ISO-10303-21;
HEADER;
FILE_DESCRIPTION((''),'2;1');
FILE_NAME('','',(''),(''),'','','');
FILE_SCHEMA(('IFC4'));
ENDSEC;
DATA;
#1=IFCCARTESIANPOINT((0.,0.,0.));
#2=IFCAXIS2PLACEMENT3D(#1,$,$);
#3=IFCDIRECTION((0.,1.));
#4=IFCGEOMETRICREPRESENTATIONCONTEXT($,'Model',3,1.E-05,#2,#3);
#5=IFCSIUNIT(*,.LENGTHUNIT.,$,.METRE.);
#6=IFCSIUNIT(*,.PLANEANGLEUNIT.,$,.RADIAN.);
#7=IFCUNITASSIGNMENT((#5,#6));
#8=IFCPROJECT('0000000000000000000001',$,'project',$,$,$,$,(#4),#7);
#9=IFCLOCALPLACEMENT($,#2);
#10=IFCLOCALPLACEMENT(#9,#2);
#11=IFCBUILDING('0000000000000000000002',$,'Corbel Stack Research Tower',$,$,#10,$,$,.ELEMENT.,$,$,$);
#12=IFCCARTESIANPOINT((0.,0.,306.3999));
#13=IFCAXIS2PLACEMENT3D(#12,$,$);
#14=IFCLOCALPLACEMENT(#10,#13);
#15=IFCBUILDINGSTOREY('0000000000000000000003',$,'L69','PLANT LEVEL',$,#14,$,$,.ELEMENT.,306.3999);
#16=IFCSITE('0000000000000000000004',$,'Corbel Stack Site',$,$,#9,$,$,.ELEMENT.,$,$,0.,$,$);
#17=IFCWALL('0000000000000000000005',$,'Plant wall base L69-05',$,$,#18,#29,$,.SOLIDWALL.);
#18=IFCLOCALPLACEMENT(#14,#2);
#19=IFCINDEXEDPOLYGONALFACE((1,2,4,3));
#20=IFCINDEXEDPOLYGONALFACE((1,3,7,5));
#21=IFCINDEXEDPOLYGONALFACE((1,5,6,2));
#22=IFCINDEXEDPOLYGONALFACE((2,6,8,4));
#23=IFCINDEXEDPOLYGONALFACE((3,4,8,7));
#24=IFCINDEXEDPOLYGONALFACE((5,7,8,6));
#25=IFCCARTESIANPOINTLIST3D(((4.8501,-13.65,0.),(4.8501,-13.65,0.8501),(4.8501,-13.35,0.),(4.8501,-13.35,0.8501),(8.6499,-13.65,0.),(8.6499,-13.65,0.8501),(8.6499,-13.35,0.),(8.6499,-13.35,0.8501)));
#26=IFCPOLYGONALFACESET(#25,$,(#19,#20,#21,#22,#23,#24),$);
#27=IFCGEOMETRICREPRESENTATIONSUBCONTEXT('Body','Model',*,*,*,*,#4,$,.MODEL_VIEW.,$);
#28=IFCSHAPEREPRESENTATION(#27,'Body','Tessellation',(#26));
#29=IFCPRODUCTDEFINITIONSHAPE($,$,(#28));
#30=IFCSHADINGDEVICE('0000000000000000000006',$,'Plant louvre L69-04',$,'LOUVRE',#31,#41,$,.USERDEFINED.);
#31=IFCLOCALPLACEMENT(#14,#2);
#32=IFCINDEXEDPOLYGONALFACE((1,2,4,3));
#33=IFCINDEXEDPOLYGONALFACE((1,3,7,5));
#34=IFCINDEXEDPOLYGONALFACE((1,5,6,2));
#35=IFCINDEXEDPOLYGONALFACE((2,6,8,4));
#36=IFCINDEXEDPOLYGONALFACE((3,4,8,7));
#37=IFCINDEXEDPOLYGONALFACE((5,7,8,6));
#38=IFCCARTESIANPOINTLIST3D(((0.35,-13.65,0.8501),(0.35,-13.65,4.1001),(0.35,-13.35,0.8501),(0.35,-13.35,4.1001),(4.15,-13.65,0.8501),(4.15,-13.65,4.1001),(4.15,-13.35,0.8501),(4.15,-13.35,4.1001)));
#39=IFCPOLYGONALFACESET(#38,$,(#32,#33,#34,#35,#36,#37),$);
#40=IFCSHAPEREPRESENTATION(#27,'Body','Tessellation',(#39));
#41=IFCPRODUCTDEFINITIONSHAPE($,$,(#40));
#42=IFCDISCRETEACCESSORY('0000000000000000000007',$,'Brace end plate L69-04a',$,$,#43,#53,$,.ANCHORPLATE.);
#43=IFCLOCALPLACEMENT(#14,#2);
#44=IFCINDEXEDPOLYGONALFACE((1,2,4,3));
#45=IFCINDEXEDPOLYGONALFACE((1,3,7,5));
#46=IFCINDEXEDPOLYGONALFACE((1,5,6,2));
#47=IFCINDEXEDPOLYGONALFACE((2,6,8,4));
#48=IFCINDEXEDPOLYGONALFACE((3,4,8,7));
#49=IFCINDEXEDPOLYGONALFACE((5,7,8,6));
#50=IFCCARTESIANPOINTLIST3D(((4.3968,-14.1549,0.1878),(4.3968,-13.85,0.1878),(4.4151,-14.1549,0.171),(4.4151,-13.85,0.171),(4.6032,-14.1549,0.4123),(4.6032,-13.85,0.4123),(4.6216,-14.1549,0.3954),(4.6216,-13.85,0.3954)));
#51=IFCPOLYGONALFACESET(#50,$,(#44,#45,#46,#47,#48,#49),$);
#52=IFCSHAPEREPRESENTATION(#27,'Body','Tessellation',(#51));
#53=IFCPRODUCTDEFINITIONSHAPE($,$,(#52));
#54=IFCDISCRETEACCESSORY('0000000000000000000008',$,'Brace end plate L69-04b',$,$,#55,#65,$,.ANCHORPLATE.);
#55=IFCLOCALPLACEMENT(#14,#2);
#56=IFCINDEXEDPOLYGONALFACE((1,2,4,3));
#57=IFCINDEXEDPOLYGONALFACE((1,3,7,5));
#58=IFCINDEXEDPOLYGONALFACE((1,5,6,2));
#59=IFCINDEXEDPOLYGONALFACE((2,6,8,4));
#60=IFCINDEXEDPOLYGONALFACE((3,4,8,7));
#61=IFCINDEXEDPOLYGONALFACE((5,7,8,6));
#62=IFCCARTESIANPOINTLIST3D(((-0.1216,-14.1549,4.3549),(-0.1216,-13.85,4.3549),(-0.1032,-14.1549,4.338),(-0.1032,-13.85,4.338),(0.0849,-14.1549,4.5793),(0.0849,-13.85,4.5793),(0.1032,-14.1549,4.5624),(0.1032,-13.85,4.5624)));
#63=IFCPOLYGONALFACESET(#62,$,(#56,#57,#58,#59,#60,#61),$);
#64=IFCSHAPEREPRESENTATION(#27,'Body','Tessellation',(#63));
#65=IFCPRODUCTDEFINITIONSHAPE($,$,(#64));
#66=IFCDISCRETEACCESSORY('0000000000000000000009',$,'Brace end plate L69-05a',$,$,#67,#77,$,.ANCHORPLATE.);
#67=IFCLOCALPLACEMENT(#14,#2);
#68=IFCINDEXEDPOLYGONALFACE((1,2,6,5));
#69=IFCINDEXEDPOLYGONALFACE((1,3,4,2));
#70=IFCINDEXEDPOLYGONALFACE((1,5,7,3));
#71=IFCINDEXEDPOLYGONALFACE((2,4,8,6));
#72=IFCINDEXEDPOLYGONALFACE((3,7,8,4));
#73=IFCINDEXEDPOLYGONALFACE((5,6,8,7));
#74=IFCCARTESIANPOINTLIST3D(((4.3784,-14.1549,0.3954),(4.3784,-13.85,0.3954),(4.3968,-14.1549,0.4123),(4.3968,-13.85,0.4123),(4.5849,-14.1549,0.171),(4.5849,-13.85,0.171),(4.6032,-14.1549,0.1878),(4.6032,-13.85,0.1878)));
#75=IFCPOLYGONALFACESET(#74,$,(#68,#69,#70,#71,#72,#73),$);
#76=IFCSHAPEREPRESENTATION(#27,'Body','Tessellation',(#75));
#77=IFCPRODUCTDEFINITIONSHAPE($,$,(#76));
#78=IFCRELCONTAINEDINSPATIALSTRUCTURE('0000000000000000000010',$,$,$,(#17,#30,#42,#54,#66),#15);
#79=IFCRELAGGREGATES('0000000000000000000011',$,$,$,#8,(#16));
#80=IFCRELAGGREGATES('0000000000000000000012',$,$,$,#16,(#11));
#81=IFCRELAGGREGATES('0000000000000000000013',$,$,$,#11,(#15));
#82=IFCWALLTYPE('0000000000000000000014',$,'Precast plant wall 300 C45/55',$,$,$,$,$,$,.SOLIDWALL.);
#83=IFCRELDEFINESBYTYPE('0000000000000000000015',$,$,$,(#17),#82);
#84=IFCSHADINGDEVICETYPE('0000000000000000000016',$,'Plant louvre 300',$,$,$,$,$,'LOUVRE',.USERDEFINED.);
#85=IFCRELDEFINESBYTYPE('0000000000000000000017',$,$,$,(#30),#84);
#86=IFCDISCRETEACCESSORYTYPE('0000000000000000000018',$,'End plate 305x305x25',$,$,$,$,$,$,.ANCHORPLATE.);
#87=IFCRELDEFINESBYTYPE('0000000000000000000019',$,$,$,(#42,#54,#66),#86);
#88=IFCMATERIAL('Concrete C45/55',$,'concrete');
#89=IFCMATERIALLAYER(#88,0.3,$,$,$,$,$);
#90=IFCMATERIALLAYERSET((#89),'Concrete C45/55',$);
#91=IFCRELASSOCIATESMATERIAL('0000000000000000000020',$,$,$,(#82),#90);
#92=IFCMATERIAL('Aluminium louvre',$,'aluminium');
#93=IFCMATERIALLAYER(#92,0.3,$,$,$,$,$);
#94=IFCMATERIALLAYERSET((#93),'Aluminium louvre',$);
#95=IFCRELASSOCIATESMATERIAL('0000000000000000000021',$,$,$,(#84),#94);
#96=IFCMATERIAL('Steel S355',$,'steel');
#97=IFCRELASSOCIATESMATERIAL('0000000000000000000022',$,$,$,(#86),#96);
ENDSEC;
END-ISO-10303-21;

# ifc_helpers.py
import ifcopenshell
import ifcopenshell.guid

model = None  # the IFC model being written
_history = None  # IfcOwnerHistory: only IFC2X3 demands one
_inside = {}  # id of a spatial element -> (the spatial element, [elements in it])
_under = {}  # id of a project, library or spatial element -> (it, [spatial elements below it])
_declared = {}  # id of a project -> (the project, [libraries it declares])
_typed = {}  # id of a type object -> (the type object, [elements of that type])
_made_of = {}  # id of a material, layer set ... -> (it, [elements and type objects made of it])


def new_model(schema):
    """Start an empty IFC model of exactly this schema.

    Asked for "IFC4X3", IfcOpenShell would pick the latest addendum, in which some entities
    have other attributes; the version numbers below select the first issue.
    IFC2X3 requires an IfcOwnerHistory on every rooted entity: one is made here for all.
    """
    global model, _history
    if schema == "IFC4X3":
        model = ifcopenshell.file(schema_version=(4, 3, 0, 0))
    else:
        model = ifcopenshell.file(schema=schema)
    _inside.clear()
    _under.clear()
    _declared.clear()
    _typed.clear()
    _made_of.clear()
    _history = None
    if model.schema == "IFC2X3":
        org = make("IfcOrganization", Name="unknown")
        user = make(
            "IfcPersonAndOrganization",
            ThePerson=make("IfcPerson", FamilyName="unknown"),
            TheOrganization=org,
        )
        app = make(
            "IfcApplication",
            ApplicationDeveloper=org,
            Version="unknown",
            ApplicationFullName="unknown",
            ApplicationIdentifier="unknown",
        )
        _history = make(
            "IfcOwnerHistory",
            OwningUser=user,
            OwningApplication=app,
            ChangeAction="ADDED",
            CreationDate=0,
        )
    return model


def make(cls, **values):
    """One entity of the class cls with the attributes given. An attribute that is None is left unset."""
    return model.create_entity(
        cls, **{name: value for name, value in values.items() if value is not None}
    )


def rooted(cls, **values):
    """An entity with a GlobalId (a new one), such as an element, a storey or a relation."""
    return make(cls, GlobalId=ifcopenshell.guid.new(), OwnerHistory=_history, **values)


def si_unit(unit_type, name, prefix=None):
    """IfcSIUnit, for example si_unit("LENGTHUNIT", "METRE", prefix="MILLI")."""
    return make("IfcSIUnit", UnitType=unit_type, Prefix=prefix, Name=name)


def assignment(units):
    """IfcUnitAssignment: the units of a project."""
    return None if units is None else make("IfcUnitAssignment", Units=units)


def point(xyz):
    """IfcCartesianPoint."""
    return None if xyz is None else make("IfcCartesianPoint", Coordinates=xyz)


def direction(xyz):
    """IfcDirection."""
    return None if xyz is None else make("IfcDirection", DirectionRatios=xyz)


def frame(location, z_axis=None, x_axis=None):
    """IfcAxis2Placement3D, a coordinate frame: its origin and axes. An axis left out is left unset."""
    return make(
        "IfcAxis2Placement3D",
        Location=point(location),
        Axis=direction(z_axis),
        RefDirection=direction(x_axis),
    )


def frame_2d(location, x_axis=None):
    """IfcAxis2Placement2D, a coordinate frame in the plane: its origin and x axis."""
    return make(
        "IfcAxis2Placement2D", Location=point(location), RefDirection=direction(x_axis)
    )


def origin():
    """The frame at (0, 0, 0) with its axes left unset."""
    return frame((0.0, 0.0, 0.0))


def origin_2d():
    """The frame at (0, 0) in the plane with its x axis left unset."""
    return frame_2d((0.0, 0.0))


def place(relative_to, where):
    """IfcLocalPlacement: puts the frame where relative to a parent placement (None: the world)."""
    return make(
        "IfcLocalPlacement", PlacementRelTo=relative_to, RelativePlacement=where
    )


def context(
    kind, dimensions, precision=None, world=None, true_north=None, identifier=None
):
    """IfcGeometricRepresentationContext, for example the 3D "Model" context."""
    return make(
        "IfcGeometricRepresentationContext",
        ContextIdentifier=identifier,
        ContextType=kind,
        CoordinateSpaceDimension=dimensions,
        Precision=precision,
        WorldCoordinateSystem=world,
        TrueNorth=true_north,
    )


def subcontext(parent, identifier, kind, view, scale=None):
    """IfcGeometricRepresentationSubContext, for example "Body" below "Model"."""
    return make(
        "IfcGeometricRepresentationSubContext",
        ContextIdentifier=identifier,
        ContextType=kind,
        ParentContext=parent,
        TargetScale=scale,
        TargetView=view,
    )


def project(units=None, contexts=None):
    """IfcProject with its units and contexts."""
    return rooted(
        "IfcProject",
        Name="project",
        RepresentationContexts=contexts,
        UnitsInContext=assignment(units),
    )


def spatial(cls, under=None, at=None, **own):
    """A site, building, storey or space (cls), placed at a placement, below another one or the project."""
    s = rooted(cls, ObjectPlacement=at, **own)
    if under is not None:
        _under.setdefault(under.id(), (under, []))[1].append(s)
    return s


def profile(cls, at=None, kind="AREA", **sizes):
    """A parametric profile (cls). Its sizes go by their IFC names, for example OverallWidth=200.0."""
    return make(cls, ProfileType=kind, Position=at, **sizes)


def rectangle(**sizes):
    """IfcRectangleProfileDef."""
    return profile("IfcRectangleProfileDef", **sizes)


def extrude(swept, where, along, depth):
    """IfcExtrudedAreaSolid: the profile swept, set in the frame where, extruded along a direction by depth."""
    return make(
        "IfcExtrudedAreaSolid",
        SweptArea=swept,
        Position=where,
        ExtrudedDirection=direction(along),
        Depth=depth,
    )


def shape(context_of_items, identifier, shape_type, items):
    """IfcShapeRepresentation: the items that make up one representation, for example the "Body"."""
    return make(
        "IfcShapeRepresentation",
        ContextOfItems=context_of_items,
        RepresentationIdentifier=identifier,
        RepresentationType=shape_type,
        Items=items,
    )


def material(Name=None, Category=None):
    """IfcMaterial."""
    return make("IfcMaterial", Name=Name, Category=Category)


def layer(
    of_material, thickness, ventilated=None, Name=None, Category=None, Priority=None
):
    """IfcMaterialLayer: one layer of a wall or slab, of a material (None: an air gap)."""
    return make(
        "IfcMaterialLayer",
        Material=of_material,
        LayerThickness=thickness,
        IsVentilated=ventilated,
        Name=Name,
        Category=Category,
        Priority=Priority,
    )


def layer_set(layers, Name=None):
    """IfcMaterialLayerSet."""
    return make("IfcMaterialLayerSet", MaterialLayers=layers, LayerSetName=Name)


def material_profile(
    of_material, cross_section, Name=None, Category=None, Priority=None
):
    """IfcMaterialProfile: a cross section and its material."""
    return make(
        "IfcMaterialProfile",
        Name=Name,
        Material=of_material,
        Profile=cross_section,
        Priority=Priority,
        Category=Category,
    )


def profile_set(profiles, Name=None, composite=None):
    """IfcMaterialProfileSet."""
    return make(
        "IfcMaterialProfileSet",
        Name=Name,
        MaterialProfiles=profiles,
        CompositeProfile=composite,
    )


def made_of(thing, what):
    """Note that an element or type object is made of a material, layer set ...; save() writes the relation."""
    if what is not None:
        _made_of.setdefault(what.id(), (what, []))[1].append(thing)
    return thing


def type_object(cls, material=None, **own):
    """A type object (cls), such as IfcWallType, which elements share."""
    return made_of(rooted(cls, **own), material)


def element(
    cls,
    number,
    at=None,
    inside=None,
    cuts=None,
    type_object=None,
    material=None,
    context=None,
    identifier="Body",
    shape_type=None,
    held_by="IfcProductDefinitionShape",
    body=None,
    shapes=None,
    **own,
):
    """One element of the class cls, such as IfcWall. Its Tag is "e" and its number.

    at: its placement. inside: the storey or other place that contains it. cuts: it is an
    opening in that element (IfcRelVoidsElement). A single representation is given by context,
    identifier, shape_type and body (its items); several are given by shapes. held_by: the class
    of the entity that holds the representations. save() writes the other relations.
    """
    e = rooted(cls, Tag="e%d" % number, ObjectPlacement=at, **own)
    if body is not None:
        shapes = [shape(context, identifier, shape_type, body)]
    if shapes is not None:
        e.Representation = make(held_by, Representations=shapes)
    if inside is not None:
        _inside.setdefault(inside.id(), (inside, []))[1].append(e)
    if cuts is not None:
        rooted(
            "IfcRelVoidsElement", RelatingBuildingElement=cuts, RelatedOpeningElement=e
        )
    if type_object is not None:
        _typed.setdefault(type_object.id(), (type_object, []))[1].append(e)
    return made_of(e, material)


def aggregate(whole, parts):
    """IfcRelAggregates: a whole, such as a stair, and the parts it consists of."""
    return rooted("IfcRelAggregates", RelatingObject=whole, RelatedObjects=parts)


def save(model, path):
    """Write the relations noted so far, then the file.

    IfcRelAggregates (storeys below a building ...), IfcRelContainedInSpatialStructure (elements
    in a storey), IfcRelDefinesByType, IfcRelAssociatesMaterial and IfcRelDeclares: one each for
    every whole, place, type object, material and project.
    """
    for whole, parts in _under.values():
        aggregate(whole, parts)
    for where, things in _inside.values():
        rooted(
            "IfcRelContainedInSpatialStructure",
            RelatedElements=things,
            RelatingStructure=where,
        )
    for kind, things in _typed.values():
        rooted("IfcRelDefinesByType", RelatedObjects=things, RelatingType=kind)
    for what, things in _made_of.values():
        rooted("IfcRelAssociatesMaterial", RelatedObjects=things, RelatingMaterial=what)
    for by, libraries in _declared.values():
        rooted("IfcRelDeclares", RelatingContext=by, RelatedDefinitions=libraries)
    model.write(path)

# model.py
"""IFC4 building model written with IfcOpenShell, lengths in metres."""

from ifc_helpers import new_model, si_unit, direction, frame, frame_2d, origin, origin_2d, place, context, subcontext, project, spatial, rectangle, extrude, material, layer, layer_set, material_profile, profile_set, type_object, element, save


model = new_model("IFC4")

# Units and contexts
model_context = context("Model", 3, precision=1e-05, world=origin(), true_north=direction((0.0, 1.0)))
body_context = subcontext(model_context, "Body", "Model", "MODEL_VIEW")
ifc_project = project(units=[si_unit("LENGTHUNIT", "METRE"), si_unit("PLANEANGLEUNIT", "RADIAN")], contexts=[model_context])

# Site, building, storey
site_placement = place(None, origin())
site = spatial("IfcSite", under=ifc_project, at=site_placement, Name="Corbel Stack Site", CompositionType="ELEMENT", RefElevation=0.0)
building_placement = place(site_placement, origin())
building = spatial("IfcBuilding", under=site, at=building_placement, Name="Corbel Stack Research Tower", CompositionType="ELEMENT")
storey_placement = place(building_placement, frame((0.0, 0.0, 306.3999)))
storey = spatial("IfcBuildingStorey", under=building, at=storey_placement, Name="L69", Description="PLANT LEVEL", CompositionType="ELEMENT", Elevation=306.3999)

# Wall
ifc_material_1 = material(Name="Concrete C45/55", Category="concrete")
ifc_layer_1 = layer(ifc_material_1, 0.3)
ifc_layer_set_1 = layer_set([ifc_layer_1], Name="Concrete C45/55")
wall_type_1 = type_object("IfcWallType", Name="Precast plant wall 300 C45/55", PredefinedType="SOLIDWALL", material=ifc_layer_set_1)
for number, where, z_axis, x_axis, name in (
    (1, (4.8501, -13.5, 0.0), (0.0, 0.0, 1.0), (1.0, 0.0, 0.0), "Plant wall base L69-05"),
):
    element("IfcWall", number, at=place(storey_placement, frame(where, z_axis=z_axis, x_axis=x_axis)), inside=storey, type_object=wall_type_1, Name=name, PredefinedType="SOLIDWALL", context=body_context, shape_type="SweptSolid", body=[
        extrude(rectangle(XDim=3.7998, YDim=0.3, at=frame_2d((1.8999, 0.0))), origin(), (0.0, 0.0, 1.0), 0.8501),
    ])

# Shading device
ifc_material_2 = material(Name="Aluminium louvre", Category="aluminium")
ifc_layer_2 = layer(ifc_material_2, 0.3)
ifc_layer_set_2 = layer_set([ifc_layer_2], Name="Aluminium louvre")
shading_device_type = type_object("IfcShadingDeviceType", Name="Plant louvre 300", ElementType="LOUVRE", PredefinedType="USERDEFINED", material=ifc_layer_set_2)
shading_device_placement = place(storey_placement, frame((2.25, -13.5, 0.8501), z_axis=(0.0, 0.0, 1.0), x_axis=(1.0, 0.0, 0.0)))
element("IfcShadingDevice", 2, at=shading_device_placement, inside=storey, type_object=shading_device_type, Name="Plant louvre L69-04", ObjectType="LOUVRE", PredefinedType="USERDEFINED", context=body_context, shape_type="SweptSolid", body=[
    extrude(rectangle(XDim=3.8, YDim=0.3, at=origin_2d()), origin(), (0.0, 0.0, 1.0), 3.25),
])

# Discrete accessories
ifc_material_3 = material(Name="Steel S355", Category="steel")
ifc_material_profile_1 = material_profile(ifc_material_3, rectangle(XDim=0.3049, YDim=0.3049, at=origin_2d()), Name="End plate 305x305x25")
ifc_profile_set_1 = profile_set([ifc_material_profile_1], Name="Steel S355")
discrete_accessory_type = type_object("IfcDiscreteAccessoryType", Name="End plate 305x305x25", PredefinedType="ANCHORPLATE", material=ifc_profile_set_1)
for number, where, z_axis, x_axis, name in (
    (3, (4.5, -14.0024, 0.3), (0.735931, 0.0, -0.677057), (0.0, 1.0, 0.0), "Brace end plate L69-04a"),
    (4, (0.0, -14.0024, 4.4502), (-0.735931, 0.0, 0.677057), (0.0, -1.0, 0.0), "Brace end plate L69-04b"),
    (5, (4.5, -14.0024, 0.3), (-0.735931, 0.0, -0.677057), (0.0, -1.0, 0.0), "Brace end plate L69-05a"),
):
    element("IfcDiscreteAccessory", number, at=place(storey_placement, frame(where, z_axis=z_axis, x_axis=x_axis)), inside=storey, type_object=discrete_accessory_type, Name=name, PredefinedType="ANCHORPLATE", context=body_context, shape_type="SweptSolid", body=[
        extrude(rectangle(XDim=0.3049, YDim=0.3049, at=origin_2d()), origin(), (0.0, 0.0, 1.0), 0.0249),
    ])

save(model, "model.ifc")
